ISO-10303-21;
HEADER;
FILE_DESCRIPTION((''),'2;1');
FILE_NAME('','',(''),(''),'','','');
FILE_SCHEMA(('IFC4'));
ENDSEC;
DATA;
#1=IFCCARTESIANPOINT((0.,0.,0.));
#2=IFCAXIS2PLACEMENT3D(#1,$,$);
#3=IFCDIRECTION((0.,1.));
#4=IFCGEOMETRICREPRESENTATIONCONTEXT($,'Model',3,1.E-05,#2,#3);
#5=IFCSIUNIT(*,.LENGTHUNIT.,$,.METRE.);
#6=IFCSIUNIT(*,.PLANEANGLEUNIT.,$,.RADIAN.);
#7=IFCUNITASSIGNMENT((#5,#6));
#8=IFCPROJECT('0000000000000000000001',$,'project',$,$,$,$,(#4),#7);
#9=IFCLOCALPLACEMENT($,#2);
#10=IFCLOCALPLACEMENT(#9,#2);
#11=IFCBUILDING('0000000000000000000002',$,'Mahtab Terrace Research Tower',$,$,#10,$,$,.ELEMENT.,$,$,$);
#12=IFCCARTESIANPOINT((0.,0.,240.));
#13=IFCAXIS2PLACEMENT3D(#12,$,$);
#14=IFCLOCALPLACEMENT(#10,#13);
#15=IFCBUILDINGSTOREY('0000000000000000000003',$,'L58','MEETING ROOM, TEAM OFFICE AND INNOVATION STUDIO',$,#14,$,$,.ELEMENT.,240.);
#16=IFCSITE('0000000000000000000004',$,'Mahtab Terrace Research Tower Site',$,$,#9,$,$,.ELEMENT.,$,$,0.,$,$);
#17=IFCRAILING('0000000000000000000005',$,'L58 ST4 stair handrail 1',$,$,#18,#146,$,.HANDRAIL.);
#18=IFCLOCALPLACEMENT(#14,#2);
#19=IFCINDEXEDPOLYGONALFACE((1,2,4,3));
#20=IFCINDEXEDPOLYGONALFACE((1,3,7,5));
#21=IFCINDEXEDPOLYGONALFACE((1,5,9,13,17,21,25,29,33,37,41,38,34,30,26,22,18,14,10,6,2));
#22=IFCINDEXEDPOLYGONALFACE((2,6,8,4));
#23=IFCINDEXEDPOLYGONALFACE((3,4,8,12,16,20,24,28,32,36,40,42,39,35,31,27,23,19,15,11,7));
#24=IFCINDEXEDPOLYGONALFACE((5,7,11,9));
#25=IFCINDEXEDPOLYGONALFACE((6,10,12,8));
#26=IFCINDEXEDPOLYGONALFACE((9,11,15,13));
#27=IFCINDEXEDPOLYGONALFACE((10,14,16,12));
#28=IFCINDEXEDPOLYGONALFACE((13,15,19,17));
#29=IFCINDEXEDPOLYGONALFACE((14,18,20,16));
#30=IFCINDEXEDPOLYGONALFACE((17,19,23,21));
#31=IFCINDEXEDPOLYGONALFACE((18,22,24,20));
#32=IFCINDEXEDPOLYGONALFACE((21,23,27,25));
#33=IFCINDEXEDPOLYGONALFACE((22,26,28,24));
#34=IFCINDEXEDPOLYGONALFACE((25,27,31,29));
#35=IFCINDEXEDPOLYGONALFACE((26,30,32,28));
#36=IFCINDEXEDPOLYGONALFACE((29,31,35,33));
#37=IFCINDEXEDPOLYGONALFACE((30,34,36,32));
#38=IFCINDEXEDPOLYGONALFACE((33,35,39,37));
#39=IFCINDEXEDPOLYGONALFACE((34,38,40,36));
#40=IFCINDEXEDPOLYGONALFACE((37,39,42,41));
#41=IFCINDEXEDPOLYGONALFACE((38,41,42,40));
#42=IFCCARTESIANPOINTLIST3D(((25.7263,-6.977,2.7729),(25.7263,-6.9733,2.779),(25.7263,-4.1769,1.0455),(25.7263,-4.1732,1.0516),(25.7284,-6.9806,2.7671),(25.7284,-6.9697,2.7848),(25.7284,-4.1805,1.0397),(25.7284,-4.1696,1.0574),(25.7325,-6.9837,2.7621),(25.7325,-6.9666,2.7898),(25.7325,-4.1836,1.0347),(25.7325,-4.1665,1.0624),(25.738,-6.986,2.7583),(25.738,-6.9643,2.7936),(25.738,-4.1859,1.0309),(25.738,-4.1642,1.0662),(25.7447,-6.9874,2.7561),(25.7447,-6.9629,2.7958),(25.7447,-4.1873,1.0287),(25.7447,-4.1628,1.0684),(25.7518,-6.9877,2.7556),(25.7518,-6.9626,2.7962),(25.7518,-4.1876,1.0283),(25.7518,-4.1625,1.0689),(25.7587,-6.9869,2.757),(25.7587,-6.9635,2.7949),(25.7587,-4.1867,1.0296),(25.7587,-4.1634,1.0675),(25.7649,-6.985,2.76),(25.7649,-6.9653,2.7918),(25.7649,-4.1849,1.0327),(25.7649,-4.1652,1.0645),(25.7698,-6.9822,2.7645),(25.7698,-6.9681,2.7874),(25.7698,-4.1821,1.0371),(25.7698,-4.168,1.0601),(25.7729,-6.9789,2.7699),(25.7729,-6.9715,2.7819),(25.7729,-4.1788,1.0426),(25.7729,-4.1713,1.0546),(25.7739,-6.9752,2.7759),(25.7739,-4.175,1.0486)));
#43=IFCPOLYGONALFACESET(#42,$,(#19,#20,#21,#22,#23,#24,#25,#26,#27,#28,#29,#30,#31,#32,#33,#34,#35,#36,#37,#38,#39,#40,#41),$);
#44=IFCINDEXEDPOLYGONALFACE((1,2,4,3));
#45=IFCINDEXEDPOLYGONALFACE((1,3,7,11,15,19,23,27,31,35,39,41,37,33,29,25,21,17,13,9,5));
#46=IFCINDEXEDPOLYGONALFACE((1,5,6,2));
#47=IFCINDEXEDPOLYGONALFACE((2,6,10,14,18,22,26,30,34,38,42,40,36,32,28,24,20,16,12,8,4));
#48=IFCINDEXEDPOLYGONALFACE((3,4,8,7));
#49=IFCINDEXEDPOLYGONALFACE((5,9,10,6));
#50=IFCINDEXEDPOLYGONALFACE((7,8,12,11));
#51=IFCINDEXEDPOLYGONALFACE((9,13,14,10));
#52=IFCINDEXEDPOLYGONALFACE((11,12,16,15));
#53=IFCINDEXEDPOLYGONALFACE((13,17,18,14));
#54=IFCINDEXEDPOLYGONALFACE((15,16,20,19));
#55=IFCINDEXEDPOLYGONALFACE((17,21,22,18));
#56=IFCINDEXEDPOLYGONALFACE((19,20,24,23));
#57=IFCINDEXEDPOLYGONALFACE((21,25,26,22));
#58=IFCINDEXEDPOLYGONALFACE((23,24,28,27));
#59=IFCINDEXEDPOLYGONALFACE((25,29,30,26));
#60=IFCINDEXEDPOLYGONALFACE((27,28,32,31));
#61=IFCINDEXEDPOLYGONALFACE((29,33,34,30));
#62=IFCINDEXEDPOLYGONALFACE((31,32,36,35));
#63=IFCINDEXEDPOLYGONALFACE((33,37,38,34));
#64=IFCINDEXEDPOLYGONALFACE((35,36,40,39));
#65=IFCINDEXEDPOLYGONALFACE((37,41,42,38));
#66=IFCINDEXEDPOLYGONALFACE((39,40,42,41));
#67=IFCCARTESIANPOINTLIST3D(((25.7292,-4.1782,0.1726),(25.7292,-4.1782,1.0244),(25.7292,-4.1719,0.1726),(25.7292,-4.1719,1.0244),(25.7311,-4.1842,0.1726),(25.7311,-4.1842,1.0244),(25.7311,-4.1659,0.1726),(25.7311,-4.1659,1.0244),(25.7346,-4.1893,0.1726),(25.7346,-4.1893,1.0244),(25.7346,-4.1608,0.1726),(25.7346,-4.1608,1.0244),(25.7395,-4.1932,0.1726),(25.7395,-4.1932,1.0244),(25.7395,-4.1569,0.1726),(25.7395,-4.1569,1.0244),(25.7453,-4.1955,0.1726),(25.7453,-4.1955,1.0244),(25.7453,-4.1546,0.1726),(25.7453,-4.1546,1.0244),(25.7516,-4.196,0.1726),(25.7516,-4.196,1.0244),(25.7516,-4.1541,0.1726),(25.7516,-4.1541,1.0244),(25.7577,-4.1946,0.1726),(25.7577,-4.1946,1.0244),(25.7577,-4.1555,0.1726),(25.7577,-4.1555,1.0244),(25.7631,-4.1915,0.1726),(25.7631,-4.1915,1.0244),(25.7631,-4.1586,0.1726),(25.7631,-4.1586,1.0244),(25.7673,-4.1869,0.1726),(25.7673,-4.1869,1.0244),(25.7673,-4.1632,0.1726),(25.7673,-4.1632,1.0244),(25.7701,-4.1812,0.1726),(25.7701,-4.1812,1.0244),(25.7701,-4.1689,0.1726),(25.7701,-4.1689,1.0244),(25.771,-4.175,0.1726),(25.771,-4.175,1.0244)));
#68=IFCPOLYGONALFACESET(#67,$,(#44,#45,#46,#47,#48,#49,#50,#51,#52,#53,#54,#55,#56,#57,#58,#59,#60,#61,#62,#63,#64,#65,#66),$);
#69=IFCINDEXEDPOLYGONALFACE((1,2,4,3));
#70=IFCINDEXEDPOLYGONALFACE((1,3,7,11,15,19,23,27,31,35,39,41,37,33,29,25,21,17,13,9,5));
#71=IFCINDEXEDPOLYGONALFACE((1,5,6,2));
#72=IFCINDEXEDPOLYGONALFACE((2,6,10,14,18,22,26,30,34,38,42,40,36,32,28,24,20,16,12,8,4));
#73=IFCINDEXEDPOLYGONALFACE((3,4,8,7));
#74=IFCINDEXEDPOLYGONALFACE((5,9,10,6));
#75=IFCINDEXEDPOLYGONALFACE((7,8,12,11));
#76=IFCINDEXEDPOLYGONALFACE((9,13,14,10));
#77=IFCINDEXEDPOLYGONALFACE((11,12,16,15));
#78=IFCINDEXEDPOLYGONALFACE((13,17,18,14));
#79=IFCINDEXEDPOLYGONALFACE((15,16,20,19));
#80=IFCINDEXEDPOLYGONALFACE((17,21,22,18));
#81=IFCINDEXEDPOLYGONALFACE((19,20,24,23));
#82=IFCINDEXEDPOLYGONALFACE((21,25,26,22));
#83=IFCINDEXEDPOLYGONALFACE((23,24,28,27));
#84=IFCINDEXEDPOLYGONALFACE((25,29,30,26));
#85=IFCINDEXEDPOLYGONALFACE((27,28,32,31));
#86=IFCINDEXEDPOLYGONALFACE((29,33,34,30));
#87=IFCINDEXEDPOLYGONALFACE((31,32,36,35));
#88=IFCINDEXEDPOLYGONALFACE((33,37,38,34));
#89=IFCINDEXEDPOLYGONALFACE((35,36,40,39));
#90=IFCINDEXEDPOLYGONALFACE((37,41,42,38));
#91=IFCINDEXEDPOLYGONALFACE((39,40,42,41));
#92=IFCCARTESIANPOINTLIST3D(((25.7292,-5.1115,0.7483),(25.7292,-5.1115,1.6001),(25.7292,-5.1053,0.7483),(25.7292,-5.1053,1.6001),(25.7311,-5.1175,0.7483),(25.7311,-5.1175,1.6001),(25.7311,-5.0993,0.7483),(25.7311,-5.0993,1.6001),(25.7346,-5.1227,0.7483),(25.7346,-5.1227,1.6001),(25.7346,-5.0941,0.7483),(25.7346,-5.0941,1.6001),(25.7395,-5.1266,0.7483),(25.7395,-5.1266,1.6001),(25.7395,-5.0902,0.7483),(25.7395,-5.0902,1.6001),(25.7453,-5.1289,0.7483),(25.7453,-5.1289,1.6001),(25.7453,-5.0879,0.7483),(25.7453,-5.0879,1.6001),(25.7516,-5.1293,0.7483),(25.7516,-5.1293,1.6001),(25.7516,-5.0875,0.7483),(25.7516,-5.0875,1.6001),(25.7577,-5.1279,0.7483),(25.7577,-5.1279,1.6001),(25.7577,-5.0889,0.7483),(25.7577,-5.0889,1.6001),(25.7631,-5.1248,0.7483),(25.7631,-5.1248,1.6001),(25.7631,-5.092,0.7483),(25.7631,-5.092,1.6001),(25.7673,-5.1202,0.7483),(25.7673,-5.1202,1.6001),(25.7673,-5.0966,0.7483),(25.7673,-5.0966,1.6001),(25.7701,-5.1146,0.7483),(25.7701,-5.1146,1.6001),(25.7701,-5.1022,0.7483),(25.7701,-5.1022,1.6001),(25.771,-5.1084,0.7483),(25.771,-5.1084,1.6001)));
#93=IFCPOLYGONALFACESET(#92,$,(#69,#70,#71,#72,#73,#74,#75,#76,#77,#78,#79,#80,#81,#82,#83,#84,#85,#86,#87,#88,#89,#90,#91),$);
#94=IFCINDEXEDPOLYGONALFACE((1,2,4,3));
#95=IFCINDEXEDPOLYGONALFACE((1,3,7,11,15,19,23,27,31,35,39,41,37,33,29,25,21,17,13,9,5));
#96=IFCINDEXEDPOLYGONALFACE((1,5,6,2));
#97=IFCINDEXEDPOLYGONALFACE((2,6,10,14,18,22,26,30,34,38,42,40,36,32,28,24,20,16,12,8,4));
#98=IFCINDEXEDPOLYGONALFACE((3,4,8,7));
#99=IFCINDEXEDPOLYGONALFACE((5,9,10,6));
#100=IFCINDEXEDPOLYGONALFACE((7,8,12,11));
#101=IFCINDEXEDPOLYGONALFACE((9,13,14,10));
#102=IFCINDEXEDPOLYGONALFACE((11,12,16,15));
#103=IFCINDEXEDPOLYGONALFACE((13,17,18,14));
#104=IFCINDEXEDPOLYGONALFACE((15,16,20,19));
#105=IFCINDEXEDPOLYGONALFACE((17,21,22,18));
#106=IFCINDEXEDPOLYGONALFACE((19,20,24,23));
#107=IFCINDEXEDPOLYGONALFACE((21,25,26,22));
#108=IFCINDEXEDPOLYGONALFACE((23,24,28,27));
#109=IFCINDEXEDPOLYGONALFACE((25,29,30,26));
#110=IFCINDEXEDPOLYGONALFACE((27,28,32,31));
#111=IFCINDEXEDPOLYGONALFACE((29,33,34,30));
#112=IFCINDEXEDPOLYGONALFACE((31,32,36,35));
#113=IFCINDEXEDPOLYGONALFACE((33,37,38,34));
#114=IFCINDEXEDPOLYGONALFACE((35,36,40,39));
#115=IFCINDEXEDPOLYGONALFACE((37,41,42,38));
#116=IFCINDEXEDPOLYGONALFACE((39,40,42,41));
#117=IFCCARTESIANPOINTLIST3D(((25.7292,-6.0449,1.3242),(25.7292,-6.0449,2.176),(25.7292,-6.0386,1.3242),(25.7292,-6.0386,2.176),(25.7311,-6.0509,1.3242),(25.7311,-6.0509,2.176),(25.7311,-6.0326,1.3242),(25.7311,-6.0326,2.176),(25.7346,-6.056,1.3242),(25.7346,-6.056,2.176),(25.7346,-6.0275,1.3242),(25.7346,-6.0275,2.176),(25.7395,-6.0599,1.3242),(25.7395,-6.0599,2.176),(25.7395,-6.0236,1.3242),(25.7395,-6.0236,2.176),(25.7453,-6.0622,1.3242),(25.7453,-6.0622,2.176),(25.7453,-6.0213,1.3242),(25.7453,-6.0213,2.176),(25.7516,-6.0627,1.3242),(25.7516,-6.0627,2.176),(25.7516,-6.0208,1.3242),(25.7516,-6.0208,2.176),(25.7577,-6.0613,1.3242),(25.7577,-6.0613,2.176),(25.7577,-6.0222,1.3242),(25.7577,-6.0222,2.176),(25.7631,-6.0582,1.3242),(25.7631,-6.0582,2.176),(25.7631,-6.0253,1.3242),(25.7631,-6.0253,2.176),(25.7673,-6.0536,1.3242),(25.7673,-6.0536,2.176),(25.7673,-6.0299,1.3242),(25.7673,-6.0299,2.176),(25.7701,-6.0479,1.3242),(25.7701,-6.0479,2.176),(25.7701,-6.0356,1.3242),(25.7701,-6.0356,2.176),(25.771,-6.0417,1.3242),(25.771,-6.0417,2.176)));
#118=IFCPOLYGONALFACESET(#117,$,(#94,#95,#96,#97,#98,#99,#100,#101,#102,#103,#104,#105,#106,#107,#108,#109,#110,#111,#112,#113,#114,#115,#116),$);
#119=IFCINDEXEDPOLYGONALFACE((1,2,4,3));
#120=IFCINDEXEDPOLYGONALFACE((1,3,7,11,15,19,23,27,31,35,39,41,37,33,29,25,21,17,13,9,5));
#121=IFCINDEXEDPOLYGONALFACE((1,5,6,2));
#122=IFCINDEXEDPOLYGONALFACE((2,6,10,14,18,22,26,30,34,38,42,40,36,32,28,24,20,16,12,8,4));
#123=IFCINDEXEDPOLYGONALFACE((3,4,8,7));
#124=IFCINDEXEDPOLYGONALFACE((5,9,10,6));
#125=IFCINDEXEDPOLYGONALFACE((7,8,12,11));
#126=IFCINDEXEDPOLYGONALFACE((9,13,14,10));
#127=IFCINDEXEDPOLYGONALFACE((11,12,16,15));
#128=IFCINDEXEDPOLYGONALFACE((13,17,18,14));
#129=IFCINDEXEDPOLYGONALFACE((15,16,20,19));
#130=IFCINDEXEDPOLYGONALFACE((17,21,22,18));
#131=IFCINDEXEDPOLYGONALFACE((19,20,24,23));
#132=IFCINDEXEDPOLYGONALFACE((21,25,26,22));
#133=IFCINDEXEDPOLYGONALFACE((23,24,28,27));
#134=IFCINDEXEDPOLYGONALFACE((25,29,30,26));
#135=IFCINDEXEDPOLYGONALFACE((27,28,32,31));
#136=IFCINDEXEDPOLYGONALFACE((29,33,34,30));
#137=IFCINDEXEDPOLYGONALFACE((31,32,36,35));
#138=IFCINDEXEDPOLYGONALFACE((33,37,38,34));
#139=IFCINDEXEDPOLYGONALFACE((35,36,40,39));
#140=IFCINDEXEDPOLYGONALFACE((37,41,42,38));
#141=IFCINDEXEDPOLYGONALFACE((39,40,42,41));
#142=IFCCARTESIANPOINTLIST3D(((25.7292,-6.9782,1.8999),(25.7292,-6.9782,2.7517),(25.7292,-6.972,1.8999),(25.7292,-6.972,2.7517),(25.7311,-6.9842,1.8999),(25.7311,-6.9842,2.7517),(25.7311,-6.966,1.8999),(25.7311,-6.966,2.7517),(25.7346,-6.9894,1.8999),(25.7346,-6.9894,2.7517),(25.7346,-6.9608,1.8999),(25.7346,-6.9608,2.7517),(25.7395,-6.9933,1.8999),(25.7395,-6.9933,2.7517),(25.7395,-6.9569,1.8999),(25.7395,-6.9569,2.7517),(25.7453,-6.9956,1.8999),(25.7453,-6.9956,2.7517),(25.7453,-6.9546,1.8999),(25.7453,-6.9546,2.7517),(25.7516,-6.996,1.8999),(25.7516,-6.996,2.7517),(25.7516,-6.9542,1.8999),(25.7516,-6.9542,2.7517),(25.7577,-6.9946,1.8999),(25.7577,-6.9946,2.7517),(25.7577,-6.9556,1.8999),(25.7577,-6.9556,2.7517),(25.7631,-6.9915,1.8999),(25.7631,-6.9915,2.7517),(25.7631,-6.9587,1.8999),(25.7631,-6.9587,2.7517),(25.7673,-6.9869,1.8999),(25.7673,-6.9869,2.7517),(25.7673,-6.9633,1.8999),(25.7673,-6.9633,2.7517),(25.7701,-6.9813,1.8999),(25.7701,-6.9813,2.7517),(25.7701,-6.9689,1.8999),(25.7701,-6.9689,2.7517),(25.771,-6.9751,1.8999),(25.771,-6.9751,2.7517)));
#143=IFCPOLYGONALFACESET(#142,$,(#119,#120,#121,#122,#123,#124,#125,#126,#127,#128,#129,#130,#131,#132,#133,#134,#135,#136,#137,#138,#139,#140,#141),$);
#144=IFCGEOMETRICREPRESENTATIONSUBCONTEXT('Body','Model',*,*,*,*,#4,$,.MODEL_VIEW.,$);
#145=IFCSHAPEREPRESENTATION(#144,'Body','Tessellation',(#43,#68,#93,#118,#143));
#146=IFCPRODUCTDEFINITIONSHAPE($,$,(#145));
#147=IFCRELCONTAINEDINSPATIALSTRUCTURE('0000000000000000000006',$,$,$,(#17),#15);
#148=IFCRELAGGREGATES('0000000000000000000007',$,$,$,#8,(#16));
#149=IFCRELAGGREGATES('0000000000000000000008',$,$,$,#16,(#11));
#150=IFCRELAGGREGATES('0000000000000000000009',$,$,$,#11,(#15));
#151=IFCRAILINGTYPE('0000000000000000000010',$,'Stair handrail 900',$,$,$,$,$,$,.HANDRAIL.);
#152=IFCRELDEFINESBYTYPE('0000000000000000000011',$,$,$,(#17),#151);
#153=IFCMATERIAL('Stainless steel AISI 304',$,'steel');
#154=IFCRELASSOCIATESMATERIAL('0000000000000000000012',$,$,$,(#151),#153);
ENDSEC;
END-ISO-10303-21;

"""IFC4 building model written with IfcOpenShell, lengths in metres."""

from ifc_helpers import new_model, si_unit, direction, frame, origin, origin_2d, place, context, subcontext, project, spatial, circle, extrude, material, type_object, element, save


model = new_model("IFC4")

# Units and contexts
model_context = context("Model", 3, precision=1e-05, world=origin(), true_north=direction((0.0, 1.0)))
body_context = subcontext(model_context, "Body", "Model", "MODEL_VIEW")
ifc_project = project(units=[si_unit("LENGTHUNIT", "METRE"), si_unit("PLANEANGLEUNIT", "RADIAN")], contexts=[model_context])

# Site, building, storey
site_placement = place(None, origin())
site = spatial("IfcSite", under=ifc_project, at=site_placement, Name="Mahtab Terrace Research Tower Site", CompositionType="ELEMENT", RefElevation=0.0)
building_placement = place(site_placement, origin())
building = spatial("IfcBuilding", under=site, at=building_placement, Name="Mahtab Terrace Research Tower", CompositionType="ELEMENT")
storey_placement = place(building_placement, frame((0.0, 0.0, 240.0)))
storey = spatial("IfcBuildingStorey", under=building, at=storey_placement, Name="L58", Description="MEETING ROOM, TEAM OFFICE AND INNOVATION STUDIO", CompositionType="ELEMENT", Elevation=240.0)

# Railing
ifc_material_1 = material(Name="Stainless steel AISI 304", Category="steel")
railing_type_1 = type_object("IfcRailingType", Name="Stair handrail 900", PredefinedType="HANDRAIL", material=ifc_material_1)
railing_1_placement = place(storey_placement, frame((25.75, -4.175, 0.1726)))
element("IfcRailing", 1, at=railing_1_placement, inside=storey, type_object=railing_type_1, Name="L58 ST4 stair handrail 1", PredefinedType="HANDRAIL", context=body_context, shape_type="SweptSolid", body=[
    extrude(circle(Radius=0.0239, at=origin_2d()), frame((0.0, 0.0, 0.876), z_axis=(0.0, -0.85109, 0.52502), x_axis=(1.0, 0.0, 0.0)), (0.0, 0.0, 1.0), 3.29),
    extrude(circle(Radius=0.021, at=origin_2d()), origin(), (0.0, 0.0, 1.0), 0.8518),
    extrude(circle(Radius=0.021, at=origin_2d()), frame((0.0, -0.9333, 0.5757)), (0.0, 0.0, 1.0), 0.8518),
    extrude(circle(Radius=0.021, at=origin_2d()), frame((0.0, -1.8667, 1.1516)), (0.0, 0.0, 1.0), 0.8518),
    extrude(circle(Radius=0.021, at=origin_2d()), frame((0.0, -2.8, 1.7273)), (0.0, 0.0, 1.0), 0.8518),
])

save(model, "model.ifc")
